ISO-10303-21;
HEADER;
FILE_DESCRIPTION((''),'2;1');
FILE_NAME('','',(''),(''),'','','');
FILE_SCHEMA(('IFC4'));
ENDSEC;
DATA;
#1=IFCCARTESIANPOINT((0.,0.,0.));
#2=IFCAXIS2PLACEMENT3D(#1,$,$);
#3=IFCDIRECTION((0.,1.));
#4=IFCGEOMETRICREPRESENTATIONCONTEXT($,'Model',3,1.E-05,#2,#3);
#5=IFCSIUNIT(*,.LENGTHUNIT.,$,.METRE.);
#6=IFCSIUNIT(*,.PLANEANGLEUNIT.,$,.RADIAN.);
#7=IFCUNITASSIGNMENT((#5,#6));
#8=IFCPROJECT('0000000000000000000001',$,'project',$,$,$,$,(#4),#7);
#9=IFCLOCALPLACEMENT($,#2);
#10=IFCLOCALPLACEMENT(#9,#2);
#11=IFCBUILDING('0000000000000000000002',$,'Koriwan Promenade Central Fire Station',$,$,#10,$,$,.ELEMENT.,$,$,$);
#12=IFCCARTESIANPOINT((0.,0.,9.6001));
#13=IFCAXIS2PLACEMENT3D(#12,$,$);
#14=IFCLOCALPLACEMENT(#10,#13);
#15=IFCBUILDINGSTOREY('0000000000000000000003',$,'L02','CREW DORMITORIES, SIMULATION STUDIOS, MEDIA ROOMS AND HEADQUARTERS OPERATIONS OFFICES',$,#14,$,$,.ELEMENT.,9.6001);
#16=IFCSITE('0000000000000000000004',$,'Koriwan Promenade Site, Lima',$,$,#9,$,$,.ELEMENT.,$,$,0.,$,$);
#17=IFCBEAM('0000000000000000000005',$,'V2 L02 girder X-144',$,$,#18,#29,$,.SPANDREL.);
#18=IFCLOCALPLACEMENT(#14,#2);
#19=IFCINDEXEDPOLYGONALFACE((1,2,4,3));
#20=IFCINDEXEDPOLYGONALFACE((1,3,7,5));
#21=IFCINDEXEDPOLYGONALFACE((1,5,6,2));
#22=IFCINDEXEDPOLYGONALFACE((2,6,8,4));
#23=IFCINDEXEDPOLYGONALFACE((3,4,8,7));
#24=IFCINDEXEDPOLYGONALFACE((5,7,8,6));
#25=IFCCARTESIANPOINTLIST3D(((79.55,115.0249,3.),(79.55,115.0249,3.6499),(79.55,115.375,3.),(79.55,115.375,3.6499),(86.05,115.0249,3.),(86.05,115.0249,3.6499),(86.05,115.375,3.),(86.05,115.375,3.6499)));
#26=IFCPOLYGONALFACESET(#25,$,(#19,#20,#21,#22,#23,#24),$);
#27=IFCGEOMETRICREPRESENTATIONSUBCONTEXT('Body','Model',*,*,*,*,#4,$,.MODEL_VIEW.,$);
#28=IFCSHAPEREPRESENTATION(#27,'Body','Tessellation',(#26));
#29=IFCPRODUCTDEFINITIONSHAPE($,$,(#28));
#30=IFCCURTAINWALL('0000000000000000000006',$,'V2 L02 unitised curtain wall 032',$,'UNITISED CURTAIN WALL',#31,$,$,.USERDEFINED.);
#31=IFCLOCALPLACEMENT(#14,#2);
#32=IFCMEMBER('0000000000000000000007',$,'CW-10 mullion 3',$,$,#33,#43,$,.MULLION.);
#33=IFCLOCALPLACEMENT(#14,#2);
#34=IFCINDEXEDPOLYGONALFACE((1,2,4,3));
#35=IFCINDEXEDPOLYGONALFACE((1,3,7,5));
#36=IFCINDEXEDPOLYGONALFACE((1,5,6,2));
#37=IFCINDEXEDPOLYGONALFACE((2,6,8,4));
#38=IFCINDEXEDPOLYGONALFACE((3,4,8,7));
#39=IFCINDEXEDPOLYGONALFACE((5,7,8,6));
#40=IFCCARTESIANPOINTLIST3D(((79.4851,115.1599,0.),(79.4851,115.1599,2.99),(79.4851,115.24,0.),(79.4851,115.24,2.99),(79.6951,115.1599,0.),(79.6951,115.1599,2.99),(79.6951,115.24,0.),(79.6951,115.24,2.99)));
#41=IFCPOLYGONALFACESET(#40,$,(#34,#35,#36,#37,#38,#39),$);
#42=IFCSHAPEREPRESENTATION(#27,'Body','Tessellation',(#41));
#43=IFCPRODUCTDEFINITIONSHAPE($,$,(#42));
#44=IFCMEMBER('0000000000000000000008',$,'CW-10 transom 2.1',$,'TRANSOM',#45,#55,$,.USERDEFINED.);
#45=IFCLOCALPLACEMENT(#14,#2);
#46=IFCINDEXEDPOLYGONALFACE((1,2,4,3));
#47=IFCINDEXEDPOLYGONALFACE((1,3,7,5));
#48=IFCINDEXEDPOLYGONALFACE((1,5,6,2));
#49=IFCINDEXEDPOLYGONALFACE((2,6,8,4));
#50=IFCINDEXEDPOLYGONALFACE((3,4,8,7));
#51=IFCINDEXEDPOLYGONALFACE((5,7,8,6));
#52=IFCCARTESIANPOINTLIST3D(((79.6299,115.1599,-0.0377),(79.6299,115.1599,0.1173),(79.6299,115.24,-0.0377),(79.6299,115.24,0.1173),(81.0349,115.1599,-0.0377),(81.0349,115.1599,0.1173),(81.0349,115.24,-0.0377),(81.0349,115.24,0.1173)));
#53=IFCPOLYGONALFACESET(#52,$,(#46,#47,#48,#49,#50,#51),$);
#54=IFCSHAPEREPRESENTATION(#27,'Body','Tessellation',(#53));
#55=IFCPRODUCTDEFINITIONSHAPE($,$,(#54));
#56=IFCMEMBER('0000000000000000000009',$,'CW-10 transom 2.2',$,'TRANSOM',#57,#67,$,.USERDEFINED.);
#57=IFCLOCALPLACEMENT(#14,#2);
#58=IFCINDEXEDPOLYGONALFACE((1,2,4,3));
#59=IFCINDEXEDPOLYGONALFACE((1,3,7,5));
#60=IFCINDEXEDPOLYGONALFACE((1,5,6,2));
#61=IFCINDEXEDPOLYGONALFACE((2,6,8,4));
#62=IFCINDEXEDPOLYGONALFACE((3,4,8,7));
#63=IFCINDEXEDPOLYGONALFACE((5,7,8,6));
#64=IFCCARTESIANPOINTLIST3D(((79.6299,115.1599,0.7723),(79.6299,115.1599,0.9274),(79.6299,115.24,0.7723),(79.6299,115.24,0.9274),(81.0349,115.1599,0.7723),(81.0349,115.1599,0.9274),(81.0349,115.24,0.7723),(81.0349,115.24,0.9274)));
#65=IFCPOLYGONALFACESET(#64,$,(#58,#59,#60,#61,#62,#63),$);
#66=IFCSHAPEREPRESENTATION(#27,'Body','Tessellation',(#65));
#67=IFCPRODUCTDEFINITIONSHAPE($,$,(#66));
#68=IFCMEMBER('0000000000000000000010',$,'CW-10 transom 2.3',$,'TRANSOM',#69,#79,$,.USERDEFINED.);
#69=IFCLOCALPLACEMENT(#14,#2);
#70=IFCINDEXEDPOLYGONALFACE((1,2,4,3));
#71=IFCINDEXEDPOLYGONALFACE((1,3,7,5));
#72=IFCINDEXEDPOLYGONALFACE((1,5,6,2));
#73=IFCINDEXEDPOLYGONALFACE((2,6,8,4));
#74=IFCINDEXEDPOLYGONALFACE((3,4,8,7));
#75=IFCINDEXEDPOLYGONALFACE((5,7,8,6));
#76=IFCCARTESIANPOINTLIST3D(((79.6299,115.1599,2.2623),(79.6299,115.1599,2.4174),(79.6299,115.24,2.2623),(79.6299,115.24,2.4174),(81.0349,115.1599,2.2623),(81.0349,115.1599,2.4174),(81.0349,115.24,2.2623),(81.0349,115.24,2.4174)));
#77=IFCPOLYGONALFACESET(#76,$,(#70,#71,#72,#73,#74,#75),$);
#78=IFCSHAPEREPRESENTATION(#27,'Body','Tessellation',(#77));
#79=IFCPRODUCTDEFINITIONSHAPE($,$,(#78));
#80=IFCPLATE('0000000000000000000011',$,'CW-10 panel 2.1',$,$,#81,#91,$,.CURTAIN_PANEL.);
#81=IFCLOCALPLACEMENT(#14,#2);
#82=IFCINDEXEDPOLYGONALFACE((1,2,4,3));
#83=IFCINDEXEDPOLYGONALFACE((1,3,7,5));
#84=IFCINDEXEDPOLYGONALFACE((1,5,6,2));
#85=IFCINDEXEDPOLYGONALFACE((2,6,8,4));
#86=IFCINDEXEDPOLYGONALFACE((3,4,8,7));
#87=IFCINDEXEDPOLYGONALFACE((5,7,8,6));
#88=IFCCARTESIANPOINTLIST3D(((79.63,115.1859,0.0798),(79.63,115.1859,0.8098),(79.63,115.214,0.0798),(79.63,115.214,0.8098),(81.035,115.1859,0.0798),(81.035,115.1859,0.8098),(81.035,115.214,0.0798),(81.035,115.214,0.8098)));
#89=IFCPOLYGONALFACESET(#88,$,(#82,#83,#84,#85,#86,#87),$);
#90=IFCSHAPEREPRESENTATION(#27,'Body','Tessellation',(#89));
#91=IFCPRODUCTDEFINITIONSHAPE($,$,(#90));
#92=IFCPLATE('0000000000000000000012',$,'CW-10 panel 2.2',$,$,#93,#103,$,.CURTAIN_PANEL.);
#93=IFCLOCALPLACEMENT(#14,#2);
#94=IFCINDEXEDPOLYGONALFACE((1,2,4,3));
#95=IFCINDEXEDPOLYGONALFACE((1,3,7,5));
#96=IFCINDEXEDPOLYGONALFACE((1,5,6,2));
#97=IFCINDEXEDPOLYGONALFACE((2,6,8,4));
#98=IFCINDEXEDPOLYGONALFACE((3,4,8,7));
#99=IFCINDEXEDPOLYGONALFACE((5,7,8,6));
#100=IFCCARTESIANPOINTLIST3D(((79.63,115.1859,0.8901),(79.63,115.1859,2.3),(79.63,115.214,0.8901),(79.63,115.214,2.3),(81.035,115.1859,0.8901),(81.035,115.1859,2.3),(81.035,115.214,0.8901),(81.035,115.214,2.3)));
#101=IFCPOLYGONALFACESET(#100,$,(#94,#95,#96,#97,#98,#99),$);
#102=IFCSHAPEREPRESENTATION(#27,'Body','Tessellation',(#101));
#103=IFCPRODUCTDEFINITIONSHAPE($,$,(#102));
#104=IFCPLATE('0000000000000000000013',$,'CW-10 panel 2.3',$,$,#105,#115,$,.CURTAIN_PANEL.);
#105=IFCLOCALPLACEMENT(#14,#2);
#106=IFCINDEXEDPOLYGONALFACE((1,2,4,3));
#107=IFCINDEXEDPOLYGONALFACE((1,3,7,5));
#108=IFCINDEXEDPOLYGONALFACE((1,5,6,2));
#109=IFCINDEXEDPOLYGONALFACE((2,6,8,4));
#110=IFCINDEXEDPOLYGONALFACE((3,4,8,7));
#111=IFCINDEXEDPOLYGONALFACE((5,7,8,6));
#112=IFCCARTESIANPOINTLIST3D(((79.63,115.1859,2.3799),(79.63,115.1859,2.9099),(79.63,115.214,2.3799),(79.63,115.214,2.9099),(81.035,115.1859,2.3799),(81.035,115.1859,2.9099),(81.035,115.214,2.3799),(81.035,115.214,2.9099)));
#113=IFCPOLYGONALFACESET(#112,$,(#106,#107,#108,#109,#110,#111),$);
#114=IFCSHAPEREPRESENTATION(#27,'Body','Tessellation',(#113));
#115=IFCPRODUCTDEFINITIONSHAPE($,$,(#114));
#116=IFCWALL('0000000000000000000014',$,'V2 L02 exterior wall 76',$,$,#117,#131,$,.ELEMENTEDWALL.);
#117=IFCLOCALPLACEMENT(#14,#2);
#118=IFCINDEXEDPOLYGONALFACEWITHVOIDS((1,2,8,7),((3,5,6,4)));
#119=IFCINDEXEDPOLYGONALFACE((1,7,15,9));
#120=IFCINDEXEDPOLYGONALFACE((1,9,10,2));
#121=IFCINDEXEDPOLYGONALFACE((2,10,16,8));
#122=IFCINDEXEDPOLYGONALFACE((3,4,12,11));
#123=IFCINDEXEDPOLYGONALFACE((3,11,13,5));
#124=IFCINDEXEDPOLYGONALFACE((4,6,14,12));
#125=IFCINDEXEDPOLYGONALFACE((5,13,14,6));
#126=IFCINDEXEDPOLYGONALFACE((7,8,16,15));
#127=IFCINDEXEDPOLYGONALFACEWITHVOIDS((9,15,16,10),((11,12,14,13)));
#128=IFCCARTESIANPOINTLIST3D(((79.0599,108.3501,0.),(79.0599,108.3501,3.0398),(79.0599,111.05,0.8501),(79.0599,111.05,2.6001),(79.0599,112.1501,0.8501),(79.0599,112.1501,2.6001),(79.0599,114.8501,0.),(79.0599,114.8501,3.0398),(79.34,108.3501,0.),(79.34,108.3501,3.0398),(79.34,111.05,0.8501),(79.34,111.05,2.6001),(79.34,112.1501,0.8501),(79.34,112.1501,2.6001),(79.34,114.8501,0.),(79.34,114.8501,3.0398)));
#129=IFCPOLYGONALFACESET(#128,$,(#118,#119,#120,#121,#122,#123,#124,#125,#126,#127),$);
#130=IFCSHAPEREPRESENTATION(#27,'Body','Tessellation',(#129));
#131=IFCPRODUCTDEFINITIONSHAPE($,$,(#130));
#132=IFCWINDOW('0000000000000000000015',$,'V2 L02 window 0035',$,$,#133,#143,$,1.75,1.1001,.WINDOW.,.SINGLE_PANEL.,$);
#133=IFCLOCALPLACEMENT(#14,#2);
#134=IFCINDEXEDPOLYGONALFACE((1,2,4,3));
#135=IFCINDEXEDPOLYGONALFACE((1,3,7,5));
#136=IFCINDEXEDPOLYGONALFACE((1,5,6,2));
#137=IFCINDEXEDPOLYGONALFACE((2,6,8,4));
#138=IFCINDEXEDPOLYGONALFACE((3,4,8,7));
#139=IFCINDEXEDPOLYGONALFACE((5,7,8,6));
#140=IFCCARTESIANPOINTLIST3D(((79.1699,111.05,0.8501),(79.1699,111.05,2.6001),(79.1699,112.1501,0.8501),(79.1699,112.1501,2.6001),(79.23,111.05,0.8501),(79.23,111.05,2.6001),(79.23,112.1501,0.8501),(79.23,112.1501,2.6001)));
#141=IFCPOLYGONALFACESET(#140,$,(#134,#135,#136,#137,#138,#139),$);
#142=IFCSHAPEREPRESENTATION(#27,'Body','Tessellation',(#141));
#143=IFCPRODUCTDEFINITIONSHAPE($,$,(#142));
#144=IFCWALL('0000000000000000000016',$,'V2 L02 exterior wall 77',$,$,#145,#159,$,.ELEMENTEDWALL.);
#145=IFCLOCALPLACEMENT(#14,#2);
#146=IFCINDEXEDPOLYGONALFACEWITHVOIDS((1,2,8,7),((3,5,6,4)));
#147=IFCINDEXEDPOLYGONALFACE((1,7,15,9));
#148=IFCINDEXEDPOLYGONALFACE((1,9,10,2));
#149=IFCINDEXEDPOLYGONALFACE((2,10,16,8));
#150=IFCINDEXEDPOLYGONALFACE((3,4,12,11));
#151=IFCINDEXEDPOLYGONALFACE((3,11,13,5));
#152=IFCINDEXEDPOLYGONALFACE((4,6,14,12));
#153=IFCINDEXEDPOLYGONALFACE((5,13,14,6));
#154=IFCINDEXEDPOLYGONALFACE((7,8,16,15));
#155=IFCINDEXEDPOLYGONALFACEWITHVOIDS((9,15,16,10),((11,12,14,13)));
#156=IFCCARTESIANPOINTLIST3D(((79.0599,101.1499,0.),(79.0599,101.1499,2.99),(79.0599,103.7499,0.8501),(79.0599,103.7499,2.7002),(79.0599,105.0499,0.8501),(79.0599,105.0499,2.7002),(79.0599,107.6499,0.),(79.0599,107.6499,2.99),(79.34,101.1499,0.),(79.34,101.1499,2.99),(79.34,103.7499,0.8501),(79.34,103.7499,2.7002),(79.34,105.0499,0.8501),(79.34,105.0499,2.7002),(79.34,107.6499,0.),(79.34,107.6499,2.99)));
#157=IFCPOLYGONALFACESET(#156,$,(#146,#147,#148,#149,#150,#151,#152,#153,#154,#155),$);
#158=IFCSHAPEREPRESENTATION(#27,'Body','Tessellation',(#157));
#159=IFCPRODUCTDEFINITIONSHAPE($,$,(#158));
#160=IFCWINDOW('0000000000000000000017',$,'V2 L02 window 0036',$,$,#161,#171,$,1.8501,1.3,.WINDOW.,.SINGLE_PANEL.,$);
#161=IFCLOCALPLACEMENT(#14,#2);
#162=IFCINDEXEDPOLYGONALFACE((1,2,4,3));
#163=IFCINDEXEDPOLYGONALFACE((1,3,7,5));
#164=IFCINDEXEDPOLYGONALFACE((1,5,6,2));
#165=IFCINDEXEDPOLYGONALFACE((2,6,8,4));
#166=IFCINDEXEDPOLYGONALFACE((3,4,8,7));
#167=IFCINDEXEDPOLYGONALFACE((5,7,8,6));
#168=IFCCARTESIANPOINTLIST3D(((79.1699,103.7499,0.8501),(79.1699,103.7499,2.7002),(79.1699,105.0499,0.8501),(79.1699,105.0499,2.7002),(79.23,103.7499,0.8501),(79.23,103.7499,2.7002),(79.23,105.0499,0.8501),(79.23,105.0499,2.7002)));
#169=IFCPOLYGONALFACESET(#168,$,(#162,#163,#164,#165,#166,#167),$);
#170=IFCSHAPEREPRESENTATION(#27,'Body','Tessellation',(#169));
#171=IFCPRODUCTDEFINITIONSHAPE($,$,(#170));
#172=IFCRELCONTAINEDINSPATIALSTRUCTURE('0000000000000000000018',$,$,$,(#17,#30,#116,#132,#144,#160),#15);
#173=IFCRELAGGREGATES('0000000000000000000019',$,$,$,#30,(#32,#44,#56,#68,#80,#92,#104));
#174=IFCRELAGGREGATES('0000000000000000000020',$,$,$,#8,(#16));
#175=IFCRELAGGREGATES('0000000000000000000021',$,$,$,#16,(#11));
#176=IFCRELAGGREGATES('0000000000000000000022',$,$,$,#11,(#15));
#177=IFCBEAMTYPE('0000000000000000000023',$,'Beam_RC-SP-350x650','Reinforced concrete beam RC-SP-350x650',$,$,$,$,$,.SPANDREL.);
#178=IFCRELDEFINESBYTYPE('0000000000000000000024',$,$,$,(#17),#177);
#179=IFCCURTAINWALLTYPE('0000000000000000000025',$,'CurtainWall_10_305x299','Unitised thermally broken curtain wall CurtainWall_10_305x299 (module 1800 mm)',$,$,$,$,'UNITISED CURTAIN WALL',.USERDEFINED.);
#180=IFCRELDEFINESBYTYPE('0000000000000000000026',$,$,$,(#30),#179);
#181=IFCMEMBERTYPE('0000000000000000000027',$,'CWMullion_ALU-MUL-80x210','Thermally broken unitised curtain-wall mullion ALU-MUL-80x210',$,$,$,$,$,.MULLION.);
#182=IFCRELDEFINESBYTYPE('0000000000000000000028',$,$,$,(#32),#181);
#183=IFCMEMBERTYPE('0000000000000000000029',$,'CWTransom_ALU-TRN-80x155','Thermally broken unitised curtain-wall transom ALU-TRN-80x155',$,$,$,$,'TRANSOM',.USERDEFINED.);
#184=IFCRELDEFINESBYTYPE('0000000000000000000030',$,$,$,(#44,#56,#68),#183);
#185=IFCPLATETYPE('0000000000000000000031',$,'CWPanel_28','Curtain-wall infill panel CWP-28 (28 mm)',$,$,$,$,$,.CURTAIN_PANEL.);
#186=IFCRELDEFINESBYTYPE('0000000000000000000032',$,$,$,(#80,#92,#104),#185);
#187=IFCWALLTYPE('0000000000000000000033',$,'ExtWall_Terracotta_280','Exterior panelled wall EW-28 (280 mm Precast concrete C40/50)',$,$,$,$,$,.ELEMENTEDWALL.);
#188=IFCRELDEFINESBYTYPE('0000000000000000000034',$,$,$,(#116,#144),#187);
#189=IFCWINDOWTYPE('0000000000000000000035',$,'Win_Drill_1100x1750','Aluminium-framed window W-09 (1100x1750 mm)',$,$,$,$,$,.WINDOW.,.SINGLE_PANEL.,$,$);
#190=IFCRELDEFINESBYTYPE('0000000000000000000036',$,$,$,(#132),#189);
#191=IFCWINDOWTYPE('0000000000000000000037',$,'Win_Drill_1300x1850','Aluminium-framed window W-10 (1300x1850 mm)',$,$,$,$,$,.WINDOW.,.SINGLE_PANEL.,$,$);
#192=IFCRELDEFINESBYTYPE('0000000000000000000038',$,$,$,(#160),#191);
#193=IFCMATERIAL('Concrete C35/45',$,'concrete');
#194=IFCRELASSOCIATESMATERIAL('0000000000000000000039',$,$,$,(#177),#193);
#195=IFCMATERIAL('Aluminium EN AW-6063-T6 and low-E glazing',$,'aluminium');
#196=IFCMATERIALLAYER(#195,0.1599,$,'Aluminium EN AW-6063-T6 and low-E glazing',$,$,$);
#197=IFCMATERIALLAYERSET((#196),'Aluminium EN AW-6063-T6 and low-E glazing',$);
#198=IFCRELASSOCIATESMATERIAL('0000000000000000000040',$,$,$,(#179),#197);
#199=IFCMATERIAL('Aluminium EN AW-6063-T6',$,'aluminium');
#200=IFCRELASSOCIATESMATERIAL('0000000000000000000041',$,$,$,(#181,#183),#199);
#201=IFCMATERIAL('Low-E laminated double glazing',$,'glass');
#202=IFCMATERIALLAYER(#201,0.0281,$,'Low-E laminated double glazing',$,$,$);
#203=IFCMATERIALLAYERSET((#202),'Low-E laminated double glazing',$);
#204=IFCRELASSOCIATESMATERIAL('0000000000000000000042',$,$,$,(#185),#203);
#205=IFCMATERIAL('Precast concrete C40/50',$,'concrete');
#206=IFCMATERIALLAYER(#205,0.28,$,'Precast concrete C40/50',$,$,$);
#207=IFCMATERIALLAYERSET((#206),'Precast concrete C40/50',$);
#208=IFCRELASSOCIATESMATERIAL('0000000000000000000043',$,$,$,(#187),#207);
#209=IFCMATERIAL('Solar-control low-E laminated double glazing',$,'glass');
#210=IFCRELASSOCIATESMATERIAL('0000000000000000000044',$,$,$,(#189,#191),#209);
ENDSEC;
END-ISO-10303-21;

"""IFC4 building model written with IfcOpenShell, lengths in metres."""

from ifc_helpers import new_model, si_unit, direction, frame, frame_2d, origin, origin_2d, place, context, subcontext, project, spatial, rectangle, extrude, material, layer, layer_set, material_profile, profile_set, type_object, element, fill, aggregate, save


model = new_model("IFC4")

# Units and contexts
model_context = context("Model", 3, precision=1e-05, world=origin(), true_north=direction((0.0, 1.0)))
body_context = subcontext(model_context, "Body", "Model", "MODEL_VIEW")
ifc_project = project(units=[si_unit("LENGTHUNIT", "METRE"), si_unit("PLANEANGLEUNIT", "RADIAN")], contexts=[model_context])

# Site, building, storey
site_placement = place(None, origin())
site = spatial("IfcSite", under=ifc_project, at=site_placement, Name="Koriwan Promenade Site, Lima", CompositionType="ELEMENT", RefElevation=0.0)
building_placement = place(site_placement, origin())
building = spatial("IfcBuilding", under=site, at=building_placement, Name="Koriwan Promenade Central Fire Station", CompositionType="ELEMENT")
storey_placement = place(building_placement, frame((0.0, 0.0, 9.6001)))
storey = spatial("IfcBuildingStorey", under=building, at=storey_placement, Name="L02", Description="CREW DORMITORIES, SIMULATION STUDIOS, MEDIA ROOMS AND HEADQUARTERS OPERATIONS OFFICES", CompositionType="ELEMENT", Elevation=9.6001)

# Beam
ifc_material_1 = material(Name="Concrete C35/45", Category="concrete")
ifc_material_profile_1 = material_profile(ifc_material_1, rectangle(XDim=0.3501, YDim=0.6499, at=origin_2d()), Name="RC-SP-350x650")
ifc_profile_set_1 = profile_set([ifc_material_profile_1], Name="Concrete C35/45")
beam_type_1 = type_object("IfcBeamType", Name="Beam_RC-SP-350x650", Description="Reinforced concrete beam RC-SP-350x650", PredefinedType="SPANDREL", material=ifc_profile_set_1)
beam_1_placement = place(storey_placement, frame((79.55, 115.2, 3.325), z_axis=(1.0, 0.0, 0.0), x_axis=(0.0, 1.0, 0.0)))
element("IfcBeam", 1, at=beam_1_placement, inside=storey, type_object=beam_type_1, Name="V2 L02 girder X-144", PredefinedType="SPANDREL", context=body_context, shape_type="SweptSolid", body=[
    extrude(rectangle(XDim=0.3501, YDim=0.6499, at=origin_2d()), origin(), (0.0, 0.0, 1.0), 6.5),
])

# Curtain wall, members, plates
ifc_material_2 = material(Name="Aluminium EN AW-6063-T6 and low-E glazing", Category="aluminium")
ifc_layer_1 = layer(ifc_material_2, 0.1599, Name="Aluminium EN AW-6063-T6 and low-E glazing")
ifc_layer_set_1 = layer_set([ifc_layer_1], Name="Aluminium EN AW-6063-T6 and low-E glazing")
curtain_wall_type = type_object("IfcCurtainWallType", Name="CurtainWall_10_305x299", Description="Unitised thermally broken curtain wall CurtainWall_10_305x299 (module 1800 mm)", ElementType="UNITISED CURTAIN WALL", PredefinedType="USERDEFINED", material=ifc_layer_set_1)
curtain_wall_placement = place(storey_placement, origin())
curtain_wall = element("IfcCurtainWall", 2, at=curtain_wall_placement, inside=storey, type_object=curtain_wall_type, Name="V2 L02 unitised curtain wall 032", ObjectType="UNITISED CURTAIN WALL", PredefinedType="USERDEFINED")
ifc_material_3 = material(Name="Aluminium EN AW-6063-T6", Category="aluminium")
ifc_material_profile_2 = material_profile(ifc_material_3, rectangle(XDim=0.0801, YDim=0.21, at=origin_2d()), Name="ALU-MUL-80x210")
ifc_profile_set_2 = profile_set([ifc_material_profile_2], Name="Aluminium EN AW-6063-T6")
member_type_1 = type_object("IfcMemberType", Name="CWMullion_ALU-MUL-80x210", Description="Thermally broken unitised curtain-wall mullion ALU-MUL-80x210", PredefinedType="MULLION", material=ifc_profile_set_2)
member_1_placement = place(storey_placement, frame((79.5901, 115.2, 0.0), z_axis=(0.0, 0.0, 1.0), x_axis=(0.0, -1.0, 0.0)))
member_1 = element("IfcMember", 3, at=member_1_placement, type_object=member_type_1, Name="CW-10 mullion 3", PredefinedType="MULLION", context=body_context, shape_type="SweptSolid", body=[
    extrude(rectangle(XDim=0.0801, YDim=0.21, at=origin_2d()), origin(), (0.0, 0.0, 1.0), 2.99),
])
ifc_material_profile_3 = material_profile(ifc_material_3, rectangle(XDim=0.0801, YDim=0.155, at=origin_2d()), Name="ALU-TRN-80x155")
ifc_profile_set_3 = profile_set([ifc_material_profile_3], Name="Aluminium EN AW-6063-T6")
member_type_2 = type_object("IfcMemberType", Name="CWTransom_ALU-TRN-80x155", Description="Thermally broken unitised curtain-wall transom ALU-TRN-80x155", ElementType="TRANSOM", PredefinedType="USERDEFINED", material=ifc_profile_set_3)
member_2_placement = place(storey_placement, frame((81.0349, 115.2, 0.0398), z_axis=(-1.0, 0.0, 0.0), x_axis=(0.0, -1.0, 0.0)))
member_2 = element("IfcMember", 4, at=member_2_placement, type_object=member_type_2, Name="CW-10 transom 2.1", ObjectType="TRANSOM", PredefinedType="USERDEFINED", context=body_context, shape_type="SweptSolid", body=[
    extrude(rectangle(XDim=0.0801, YDim=0.155, at=origin_2d()), origin(), (0.0, 0.0, 1.0), 1.405),
])
member_3_placement = place(storey_placement, frame((81.0349, 115.2, 0.8499), z_axis=(-1.0, 0.0, 0.0), x_axis=(0.0, -1.0, 0.0)))
member_3 = element("IfcMember", 5, at=member_3_placement, type_object=member_type_2, Name="CW-10 transom 2.2", ObjectType="TRANSOM", PredefinedType="USERDEFINED", context=body_context, shape_type="SweptSolid", body=[
    extrude(rectangle(XDim=0.0801, YDim=0.155, at=origin_2d()), origin(), (0.0, 0.0, 1.0), 1.405),
])
member_4_placement = place(storey_placement, frame((81.0349, 115.2, 2.3398), z_axis=(-1.0, 0.0, 0.0), x_axis=(0.0, -1.0, 0.0)))
member_4 = element("IfcMember", 6, at=member_4_placement, type_object=member_type_2, Name="CW-10 transom 2.3", ObjectType="TRANSOM", PredefinedType="USERDEFINED", context=body_context, shape_type="SweptSolid", body=[
    extrude(rectangle(XDim=0.0801, YDim=0.155, at=origin_2d()), origin(), (0.0, 0.0, 1.0), 1.405),
])
ifc_material_4 = material(Name="Low-E laminated double glazing", Category="glass")
ifc_layer_2 = layer(ifc_material_4, 0.0281, Name="Low-E laminated double glazing")
ifc_layer_set_2 = layer_set([ifc_layer_2], Name="Low-E laminated double glazing")
plate_type = type_object("IfcPlateType", Name="CWPanel_28", Description="Curtain-wall infill panel CWP-28 (28 mm)", PredefinedType="CURTAIN_PANEL", material=ifc_layer_set_2)
plate_1_placement = place(storey_placement, frame((80.3325, 115.2, 0.0798), z_axis=(0.0, 0.0, 1.0), x_axis=(-1.0, 0.0, 0.0)))
plate_1 = element("IfcPlate", 7, at=plate_1_placement, type_object=plate_type, Name="CW-10 panel 2.1", PredefinedType="CURTAIN_PANEL", context=body_context, shape_type="SweptSolid", body=[
    extrude(rectangle(XDim=1.405, YDim=0.0281, at=origin_2d()), origin(), (0.0, 0.0, 1.0), 0.73),
])
plate_2_placement = place(storey_placement, frame((80.3325, 115.2, 0.8901), z_axis=(0.0, 0.0, 1.0), x_axis=(-1.0, 0.0, 0.0)))
plate_2 = element("IfcPlate", 8, at=plate_2_placement, type_object=plate_type, Name="CW-10 panel 2.2", PredefinedType="CURTAIN_PANEL", context=body_context, shape_type="SweptSolid", body=[
    extrude(rectangle(XDim=1.405, YDim=0.0281, at=origin_2d()), origin(), (0.0, 0.0, 1.0), 1.4099),
])
plate_3_placement = place(storey_placement, frame((80.3325, 115.2, 2.3799), z_axis=(0.0, 0.0, 1.0), x_axis=(-1.0, 0.0, 0.0)))
plate_3 = element("IfcPlate", 9, at=plate_3_placement, type_object=plate_type, Name="CW-10 panel 2.3", PredefinedType="CURTAIN_PANEL", context=body_context, shape_type="SweptSolid", body=[
    extrude(rectangle(XDim=1.405, YDim=0.0281, at=origin_2d()), origin(), (0.0, 0.0, 1.0), 0.53),
])
aggregate(curtain_wall, [member_1, member_2, member_3, member_4, plate_1, plate_2, plate_3])

# Walls, openings, windows
ifc_material_5 = material(Name="Precast concrete C40/50", Category="concrete")
ifc_layer_3 = layer(ifc_material_5, 0.28, Name="Precast concrete C40/50")
ifc_layer_set_3 = layer_set([ifc_layer_3], Name="Precast concrete C40/50")
wall_type_1 = type_object("IfcWallType", Name="ExtWall_Terracotta_280", Description="Exterior panelled wall EW-28 (280 mm Precast concrete C40/50)", PredefinedType="ELEMENTEDWALL", material=ifc_layer_set_3)
wall_1_placement = place(storey_placement, frame((79.2, 114.8501, 0.0), z_axis=(0.0, 0.0, 1.0), x_axis=(0.0, -1.0, 0.0)))
wall_1 = element("IfcWall", 10, at=wall_1_placement, inside=storey, type_object=wall_type_1, Name="V2 L02 exterior wall 76", PredefinedType="ELEMENTEDWALL", context=body_context, shape_type="SweptSolid", body=[
    extrude(rectangle(XDim=6.5, YDim=0.28, at=frame_2d((3.25, 0.0))), origin(), (0.0, 0.0, 1.0), 3.0398),
])
opening_1_placement = place(wall_1_placement, frame((2.7, 0.0, 0.8501)))
opening_1 = element("IfcOpeningElement", 11, at=opening_1_placement, cuts=wall_1, PredefinedType="OPENING", context=body_context, shape_type="SweptSolid", body=[
    extrude(rectangle(XDim=1.1001, YDim=1.75, at=frame_2d((0.55, 0.875))), frame((0.0, 0.1519, 0.0), z_axis=(0.0, -1.0, 0.0), x_axis=(1.0, 0.0, 0.0)), (0.0, 0.0, 1.0), 0.304),
])
ifc_material_6 = material(Name="Solar-control low-E laminated double glazing", Category="glass")
window_type_1 = type_object("IfcWindowType", Name="Win_Drill_1100x1750", Description="Aluminium-framed window W-09 (1100x1750 mm)", PartitioningType="SINGLE_PANEL", PredefinedType="WINDOW", material=ifc_material_6)
window_1_placement = place(opening_1_placement, origin())
window_1 = element("IfcWindow", 12, at=window_1_placement, inside=storey, type_object=window_type_1, Name="V2 L02 window 0035", OverallHeight=1.75, OverallWidth=1.1001, PartitioningType="SINGLE_PANEL", PredefinedType="WINDOW", context=body_context, shape_type="SweptSolid", body=[
    extrude(rectangle(XDim=1.1001, YDim=1.75, at=frame_2d((0.55, 0.875))), frame((0.0, 0.03, 0.0), z_axis=(0.0, -1.0, 0.0), x_axis=(1.0, 0.0, 0.0)), (0.0, 0.0, 1.0), 0.0601),
])
fill(opening_1, window_1)
wall_2_placement = place(storey_placement, frame((79.2, 107.6499, 0.0), z_axis=(0.0, 0.0, 1.0), x_axis=(0.0, -1.0, 0.0)))
wall_2 = element("IfcWall", 13, at=wall_2_placement, inside=storey, type_object=wall_type_1, Name="V2 L02 exterior wall 77", PredefinedType="ELEMENTEDWALL", context=body_context, shape_type="SweptSolid", body=[
    extrude(rectangle(XDim=6.5, YDim=0.28, at=frame_2d((3.25, 0.0))), origin(), (0.0, 0.0, 1.0), 2.99),
])
opening_2_placement = place(wall_2_placement, frame((2.6001, 0.0, 0.8501)))
opening_2 = element("IfcOpeningElement", 14, at=opening_2_placement, cuts=wall_2, PredefinedType="OPENING", context=body_context, shape_type="SweptSolid", body=[
    extrude(rectangle(XDim=1.3, YDim=1.8501, at=frame_2d((0.6499, 0.925))), frame((0.0, 0.1519, 0.0), z_axis=(0.0, -1.0, 0.0), x_axis=(1.0, 0.0, 0.0)), (0.0, 0.0, 1.0), 0.304),
])
window_type_2 = type_object("IfcWindowType", Name="Win_Drill_1300x1850", Description="Aluminium-framed window W-10 (1300x1850 mm)", PartitioningType="SINGLE_PANEL", PredefinedType="WINDOW", material=ifc_material_6)
window_2_placement = place(opening_2_placement, origin())
window_2 = element("IfcWindow", 15, at=window_2_placement, inside=storey, type_object=window_type_2, Name="V2 L02 window 0036", OverallHeight=1.8501, OverallWidth=1.3, PartitioningType="SINGLE_PANEL", PredefinedType="WINDOW", context=body_context, shape_type="SweptSolid", body=[
    extrude(rectangle(XDim=1.3, YDim=1.8501, at=frame_2d((0.6499, 0.925))), frame((0.0, 0.03, 0.0), z_axis=(0.0, -1.0, 0.0), x_axis=(1.0, 0.0, 0.0)), (0.0, 0.0, 1.0), 0.0601),
])
fill(opening_2, window_2)

save(model, "model.ifc")
